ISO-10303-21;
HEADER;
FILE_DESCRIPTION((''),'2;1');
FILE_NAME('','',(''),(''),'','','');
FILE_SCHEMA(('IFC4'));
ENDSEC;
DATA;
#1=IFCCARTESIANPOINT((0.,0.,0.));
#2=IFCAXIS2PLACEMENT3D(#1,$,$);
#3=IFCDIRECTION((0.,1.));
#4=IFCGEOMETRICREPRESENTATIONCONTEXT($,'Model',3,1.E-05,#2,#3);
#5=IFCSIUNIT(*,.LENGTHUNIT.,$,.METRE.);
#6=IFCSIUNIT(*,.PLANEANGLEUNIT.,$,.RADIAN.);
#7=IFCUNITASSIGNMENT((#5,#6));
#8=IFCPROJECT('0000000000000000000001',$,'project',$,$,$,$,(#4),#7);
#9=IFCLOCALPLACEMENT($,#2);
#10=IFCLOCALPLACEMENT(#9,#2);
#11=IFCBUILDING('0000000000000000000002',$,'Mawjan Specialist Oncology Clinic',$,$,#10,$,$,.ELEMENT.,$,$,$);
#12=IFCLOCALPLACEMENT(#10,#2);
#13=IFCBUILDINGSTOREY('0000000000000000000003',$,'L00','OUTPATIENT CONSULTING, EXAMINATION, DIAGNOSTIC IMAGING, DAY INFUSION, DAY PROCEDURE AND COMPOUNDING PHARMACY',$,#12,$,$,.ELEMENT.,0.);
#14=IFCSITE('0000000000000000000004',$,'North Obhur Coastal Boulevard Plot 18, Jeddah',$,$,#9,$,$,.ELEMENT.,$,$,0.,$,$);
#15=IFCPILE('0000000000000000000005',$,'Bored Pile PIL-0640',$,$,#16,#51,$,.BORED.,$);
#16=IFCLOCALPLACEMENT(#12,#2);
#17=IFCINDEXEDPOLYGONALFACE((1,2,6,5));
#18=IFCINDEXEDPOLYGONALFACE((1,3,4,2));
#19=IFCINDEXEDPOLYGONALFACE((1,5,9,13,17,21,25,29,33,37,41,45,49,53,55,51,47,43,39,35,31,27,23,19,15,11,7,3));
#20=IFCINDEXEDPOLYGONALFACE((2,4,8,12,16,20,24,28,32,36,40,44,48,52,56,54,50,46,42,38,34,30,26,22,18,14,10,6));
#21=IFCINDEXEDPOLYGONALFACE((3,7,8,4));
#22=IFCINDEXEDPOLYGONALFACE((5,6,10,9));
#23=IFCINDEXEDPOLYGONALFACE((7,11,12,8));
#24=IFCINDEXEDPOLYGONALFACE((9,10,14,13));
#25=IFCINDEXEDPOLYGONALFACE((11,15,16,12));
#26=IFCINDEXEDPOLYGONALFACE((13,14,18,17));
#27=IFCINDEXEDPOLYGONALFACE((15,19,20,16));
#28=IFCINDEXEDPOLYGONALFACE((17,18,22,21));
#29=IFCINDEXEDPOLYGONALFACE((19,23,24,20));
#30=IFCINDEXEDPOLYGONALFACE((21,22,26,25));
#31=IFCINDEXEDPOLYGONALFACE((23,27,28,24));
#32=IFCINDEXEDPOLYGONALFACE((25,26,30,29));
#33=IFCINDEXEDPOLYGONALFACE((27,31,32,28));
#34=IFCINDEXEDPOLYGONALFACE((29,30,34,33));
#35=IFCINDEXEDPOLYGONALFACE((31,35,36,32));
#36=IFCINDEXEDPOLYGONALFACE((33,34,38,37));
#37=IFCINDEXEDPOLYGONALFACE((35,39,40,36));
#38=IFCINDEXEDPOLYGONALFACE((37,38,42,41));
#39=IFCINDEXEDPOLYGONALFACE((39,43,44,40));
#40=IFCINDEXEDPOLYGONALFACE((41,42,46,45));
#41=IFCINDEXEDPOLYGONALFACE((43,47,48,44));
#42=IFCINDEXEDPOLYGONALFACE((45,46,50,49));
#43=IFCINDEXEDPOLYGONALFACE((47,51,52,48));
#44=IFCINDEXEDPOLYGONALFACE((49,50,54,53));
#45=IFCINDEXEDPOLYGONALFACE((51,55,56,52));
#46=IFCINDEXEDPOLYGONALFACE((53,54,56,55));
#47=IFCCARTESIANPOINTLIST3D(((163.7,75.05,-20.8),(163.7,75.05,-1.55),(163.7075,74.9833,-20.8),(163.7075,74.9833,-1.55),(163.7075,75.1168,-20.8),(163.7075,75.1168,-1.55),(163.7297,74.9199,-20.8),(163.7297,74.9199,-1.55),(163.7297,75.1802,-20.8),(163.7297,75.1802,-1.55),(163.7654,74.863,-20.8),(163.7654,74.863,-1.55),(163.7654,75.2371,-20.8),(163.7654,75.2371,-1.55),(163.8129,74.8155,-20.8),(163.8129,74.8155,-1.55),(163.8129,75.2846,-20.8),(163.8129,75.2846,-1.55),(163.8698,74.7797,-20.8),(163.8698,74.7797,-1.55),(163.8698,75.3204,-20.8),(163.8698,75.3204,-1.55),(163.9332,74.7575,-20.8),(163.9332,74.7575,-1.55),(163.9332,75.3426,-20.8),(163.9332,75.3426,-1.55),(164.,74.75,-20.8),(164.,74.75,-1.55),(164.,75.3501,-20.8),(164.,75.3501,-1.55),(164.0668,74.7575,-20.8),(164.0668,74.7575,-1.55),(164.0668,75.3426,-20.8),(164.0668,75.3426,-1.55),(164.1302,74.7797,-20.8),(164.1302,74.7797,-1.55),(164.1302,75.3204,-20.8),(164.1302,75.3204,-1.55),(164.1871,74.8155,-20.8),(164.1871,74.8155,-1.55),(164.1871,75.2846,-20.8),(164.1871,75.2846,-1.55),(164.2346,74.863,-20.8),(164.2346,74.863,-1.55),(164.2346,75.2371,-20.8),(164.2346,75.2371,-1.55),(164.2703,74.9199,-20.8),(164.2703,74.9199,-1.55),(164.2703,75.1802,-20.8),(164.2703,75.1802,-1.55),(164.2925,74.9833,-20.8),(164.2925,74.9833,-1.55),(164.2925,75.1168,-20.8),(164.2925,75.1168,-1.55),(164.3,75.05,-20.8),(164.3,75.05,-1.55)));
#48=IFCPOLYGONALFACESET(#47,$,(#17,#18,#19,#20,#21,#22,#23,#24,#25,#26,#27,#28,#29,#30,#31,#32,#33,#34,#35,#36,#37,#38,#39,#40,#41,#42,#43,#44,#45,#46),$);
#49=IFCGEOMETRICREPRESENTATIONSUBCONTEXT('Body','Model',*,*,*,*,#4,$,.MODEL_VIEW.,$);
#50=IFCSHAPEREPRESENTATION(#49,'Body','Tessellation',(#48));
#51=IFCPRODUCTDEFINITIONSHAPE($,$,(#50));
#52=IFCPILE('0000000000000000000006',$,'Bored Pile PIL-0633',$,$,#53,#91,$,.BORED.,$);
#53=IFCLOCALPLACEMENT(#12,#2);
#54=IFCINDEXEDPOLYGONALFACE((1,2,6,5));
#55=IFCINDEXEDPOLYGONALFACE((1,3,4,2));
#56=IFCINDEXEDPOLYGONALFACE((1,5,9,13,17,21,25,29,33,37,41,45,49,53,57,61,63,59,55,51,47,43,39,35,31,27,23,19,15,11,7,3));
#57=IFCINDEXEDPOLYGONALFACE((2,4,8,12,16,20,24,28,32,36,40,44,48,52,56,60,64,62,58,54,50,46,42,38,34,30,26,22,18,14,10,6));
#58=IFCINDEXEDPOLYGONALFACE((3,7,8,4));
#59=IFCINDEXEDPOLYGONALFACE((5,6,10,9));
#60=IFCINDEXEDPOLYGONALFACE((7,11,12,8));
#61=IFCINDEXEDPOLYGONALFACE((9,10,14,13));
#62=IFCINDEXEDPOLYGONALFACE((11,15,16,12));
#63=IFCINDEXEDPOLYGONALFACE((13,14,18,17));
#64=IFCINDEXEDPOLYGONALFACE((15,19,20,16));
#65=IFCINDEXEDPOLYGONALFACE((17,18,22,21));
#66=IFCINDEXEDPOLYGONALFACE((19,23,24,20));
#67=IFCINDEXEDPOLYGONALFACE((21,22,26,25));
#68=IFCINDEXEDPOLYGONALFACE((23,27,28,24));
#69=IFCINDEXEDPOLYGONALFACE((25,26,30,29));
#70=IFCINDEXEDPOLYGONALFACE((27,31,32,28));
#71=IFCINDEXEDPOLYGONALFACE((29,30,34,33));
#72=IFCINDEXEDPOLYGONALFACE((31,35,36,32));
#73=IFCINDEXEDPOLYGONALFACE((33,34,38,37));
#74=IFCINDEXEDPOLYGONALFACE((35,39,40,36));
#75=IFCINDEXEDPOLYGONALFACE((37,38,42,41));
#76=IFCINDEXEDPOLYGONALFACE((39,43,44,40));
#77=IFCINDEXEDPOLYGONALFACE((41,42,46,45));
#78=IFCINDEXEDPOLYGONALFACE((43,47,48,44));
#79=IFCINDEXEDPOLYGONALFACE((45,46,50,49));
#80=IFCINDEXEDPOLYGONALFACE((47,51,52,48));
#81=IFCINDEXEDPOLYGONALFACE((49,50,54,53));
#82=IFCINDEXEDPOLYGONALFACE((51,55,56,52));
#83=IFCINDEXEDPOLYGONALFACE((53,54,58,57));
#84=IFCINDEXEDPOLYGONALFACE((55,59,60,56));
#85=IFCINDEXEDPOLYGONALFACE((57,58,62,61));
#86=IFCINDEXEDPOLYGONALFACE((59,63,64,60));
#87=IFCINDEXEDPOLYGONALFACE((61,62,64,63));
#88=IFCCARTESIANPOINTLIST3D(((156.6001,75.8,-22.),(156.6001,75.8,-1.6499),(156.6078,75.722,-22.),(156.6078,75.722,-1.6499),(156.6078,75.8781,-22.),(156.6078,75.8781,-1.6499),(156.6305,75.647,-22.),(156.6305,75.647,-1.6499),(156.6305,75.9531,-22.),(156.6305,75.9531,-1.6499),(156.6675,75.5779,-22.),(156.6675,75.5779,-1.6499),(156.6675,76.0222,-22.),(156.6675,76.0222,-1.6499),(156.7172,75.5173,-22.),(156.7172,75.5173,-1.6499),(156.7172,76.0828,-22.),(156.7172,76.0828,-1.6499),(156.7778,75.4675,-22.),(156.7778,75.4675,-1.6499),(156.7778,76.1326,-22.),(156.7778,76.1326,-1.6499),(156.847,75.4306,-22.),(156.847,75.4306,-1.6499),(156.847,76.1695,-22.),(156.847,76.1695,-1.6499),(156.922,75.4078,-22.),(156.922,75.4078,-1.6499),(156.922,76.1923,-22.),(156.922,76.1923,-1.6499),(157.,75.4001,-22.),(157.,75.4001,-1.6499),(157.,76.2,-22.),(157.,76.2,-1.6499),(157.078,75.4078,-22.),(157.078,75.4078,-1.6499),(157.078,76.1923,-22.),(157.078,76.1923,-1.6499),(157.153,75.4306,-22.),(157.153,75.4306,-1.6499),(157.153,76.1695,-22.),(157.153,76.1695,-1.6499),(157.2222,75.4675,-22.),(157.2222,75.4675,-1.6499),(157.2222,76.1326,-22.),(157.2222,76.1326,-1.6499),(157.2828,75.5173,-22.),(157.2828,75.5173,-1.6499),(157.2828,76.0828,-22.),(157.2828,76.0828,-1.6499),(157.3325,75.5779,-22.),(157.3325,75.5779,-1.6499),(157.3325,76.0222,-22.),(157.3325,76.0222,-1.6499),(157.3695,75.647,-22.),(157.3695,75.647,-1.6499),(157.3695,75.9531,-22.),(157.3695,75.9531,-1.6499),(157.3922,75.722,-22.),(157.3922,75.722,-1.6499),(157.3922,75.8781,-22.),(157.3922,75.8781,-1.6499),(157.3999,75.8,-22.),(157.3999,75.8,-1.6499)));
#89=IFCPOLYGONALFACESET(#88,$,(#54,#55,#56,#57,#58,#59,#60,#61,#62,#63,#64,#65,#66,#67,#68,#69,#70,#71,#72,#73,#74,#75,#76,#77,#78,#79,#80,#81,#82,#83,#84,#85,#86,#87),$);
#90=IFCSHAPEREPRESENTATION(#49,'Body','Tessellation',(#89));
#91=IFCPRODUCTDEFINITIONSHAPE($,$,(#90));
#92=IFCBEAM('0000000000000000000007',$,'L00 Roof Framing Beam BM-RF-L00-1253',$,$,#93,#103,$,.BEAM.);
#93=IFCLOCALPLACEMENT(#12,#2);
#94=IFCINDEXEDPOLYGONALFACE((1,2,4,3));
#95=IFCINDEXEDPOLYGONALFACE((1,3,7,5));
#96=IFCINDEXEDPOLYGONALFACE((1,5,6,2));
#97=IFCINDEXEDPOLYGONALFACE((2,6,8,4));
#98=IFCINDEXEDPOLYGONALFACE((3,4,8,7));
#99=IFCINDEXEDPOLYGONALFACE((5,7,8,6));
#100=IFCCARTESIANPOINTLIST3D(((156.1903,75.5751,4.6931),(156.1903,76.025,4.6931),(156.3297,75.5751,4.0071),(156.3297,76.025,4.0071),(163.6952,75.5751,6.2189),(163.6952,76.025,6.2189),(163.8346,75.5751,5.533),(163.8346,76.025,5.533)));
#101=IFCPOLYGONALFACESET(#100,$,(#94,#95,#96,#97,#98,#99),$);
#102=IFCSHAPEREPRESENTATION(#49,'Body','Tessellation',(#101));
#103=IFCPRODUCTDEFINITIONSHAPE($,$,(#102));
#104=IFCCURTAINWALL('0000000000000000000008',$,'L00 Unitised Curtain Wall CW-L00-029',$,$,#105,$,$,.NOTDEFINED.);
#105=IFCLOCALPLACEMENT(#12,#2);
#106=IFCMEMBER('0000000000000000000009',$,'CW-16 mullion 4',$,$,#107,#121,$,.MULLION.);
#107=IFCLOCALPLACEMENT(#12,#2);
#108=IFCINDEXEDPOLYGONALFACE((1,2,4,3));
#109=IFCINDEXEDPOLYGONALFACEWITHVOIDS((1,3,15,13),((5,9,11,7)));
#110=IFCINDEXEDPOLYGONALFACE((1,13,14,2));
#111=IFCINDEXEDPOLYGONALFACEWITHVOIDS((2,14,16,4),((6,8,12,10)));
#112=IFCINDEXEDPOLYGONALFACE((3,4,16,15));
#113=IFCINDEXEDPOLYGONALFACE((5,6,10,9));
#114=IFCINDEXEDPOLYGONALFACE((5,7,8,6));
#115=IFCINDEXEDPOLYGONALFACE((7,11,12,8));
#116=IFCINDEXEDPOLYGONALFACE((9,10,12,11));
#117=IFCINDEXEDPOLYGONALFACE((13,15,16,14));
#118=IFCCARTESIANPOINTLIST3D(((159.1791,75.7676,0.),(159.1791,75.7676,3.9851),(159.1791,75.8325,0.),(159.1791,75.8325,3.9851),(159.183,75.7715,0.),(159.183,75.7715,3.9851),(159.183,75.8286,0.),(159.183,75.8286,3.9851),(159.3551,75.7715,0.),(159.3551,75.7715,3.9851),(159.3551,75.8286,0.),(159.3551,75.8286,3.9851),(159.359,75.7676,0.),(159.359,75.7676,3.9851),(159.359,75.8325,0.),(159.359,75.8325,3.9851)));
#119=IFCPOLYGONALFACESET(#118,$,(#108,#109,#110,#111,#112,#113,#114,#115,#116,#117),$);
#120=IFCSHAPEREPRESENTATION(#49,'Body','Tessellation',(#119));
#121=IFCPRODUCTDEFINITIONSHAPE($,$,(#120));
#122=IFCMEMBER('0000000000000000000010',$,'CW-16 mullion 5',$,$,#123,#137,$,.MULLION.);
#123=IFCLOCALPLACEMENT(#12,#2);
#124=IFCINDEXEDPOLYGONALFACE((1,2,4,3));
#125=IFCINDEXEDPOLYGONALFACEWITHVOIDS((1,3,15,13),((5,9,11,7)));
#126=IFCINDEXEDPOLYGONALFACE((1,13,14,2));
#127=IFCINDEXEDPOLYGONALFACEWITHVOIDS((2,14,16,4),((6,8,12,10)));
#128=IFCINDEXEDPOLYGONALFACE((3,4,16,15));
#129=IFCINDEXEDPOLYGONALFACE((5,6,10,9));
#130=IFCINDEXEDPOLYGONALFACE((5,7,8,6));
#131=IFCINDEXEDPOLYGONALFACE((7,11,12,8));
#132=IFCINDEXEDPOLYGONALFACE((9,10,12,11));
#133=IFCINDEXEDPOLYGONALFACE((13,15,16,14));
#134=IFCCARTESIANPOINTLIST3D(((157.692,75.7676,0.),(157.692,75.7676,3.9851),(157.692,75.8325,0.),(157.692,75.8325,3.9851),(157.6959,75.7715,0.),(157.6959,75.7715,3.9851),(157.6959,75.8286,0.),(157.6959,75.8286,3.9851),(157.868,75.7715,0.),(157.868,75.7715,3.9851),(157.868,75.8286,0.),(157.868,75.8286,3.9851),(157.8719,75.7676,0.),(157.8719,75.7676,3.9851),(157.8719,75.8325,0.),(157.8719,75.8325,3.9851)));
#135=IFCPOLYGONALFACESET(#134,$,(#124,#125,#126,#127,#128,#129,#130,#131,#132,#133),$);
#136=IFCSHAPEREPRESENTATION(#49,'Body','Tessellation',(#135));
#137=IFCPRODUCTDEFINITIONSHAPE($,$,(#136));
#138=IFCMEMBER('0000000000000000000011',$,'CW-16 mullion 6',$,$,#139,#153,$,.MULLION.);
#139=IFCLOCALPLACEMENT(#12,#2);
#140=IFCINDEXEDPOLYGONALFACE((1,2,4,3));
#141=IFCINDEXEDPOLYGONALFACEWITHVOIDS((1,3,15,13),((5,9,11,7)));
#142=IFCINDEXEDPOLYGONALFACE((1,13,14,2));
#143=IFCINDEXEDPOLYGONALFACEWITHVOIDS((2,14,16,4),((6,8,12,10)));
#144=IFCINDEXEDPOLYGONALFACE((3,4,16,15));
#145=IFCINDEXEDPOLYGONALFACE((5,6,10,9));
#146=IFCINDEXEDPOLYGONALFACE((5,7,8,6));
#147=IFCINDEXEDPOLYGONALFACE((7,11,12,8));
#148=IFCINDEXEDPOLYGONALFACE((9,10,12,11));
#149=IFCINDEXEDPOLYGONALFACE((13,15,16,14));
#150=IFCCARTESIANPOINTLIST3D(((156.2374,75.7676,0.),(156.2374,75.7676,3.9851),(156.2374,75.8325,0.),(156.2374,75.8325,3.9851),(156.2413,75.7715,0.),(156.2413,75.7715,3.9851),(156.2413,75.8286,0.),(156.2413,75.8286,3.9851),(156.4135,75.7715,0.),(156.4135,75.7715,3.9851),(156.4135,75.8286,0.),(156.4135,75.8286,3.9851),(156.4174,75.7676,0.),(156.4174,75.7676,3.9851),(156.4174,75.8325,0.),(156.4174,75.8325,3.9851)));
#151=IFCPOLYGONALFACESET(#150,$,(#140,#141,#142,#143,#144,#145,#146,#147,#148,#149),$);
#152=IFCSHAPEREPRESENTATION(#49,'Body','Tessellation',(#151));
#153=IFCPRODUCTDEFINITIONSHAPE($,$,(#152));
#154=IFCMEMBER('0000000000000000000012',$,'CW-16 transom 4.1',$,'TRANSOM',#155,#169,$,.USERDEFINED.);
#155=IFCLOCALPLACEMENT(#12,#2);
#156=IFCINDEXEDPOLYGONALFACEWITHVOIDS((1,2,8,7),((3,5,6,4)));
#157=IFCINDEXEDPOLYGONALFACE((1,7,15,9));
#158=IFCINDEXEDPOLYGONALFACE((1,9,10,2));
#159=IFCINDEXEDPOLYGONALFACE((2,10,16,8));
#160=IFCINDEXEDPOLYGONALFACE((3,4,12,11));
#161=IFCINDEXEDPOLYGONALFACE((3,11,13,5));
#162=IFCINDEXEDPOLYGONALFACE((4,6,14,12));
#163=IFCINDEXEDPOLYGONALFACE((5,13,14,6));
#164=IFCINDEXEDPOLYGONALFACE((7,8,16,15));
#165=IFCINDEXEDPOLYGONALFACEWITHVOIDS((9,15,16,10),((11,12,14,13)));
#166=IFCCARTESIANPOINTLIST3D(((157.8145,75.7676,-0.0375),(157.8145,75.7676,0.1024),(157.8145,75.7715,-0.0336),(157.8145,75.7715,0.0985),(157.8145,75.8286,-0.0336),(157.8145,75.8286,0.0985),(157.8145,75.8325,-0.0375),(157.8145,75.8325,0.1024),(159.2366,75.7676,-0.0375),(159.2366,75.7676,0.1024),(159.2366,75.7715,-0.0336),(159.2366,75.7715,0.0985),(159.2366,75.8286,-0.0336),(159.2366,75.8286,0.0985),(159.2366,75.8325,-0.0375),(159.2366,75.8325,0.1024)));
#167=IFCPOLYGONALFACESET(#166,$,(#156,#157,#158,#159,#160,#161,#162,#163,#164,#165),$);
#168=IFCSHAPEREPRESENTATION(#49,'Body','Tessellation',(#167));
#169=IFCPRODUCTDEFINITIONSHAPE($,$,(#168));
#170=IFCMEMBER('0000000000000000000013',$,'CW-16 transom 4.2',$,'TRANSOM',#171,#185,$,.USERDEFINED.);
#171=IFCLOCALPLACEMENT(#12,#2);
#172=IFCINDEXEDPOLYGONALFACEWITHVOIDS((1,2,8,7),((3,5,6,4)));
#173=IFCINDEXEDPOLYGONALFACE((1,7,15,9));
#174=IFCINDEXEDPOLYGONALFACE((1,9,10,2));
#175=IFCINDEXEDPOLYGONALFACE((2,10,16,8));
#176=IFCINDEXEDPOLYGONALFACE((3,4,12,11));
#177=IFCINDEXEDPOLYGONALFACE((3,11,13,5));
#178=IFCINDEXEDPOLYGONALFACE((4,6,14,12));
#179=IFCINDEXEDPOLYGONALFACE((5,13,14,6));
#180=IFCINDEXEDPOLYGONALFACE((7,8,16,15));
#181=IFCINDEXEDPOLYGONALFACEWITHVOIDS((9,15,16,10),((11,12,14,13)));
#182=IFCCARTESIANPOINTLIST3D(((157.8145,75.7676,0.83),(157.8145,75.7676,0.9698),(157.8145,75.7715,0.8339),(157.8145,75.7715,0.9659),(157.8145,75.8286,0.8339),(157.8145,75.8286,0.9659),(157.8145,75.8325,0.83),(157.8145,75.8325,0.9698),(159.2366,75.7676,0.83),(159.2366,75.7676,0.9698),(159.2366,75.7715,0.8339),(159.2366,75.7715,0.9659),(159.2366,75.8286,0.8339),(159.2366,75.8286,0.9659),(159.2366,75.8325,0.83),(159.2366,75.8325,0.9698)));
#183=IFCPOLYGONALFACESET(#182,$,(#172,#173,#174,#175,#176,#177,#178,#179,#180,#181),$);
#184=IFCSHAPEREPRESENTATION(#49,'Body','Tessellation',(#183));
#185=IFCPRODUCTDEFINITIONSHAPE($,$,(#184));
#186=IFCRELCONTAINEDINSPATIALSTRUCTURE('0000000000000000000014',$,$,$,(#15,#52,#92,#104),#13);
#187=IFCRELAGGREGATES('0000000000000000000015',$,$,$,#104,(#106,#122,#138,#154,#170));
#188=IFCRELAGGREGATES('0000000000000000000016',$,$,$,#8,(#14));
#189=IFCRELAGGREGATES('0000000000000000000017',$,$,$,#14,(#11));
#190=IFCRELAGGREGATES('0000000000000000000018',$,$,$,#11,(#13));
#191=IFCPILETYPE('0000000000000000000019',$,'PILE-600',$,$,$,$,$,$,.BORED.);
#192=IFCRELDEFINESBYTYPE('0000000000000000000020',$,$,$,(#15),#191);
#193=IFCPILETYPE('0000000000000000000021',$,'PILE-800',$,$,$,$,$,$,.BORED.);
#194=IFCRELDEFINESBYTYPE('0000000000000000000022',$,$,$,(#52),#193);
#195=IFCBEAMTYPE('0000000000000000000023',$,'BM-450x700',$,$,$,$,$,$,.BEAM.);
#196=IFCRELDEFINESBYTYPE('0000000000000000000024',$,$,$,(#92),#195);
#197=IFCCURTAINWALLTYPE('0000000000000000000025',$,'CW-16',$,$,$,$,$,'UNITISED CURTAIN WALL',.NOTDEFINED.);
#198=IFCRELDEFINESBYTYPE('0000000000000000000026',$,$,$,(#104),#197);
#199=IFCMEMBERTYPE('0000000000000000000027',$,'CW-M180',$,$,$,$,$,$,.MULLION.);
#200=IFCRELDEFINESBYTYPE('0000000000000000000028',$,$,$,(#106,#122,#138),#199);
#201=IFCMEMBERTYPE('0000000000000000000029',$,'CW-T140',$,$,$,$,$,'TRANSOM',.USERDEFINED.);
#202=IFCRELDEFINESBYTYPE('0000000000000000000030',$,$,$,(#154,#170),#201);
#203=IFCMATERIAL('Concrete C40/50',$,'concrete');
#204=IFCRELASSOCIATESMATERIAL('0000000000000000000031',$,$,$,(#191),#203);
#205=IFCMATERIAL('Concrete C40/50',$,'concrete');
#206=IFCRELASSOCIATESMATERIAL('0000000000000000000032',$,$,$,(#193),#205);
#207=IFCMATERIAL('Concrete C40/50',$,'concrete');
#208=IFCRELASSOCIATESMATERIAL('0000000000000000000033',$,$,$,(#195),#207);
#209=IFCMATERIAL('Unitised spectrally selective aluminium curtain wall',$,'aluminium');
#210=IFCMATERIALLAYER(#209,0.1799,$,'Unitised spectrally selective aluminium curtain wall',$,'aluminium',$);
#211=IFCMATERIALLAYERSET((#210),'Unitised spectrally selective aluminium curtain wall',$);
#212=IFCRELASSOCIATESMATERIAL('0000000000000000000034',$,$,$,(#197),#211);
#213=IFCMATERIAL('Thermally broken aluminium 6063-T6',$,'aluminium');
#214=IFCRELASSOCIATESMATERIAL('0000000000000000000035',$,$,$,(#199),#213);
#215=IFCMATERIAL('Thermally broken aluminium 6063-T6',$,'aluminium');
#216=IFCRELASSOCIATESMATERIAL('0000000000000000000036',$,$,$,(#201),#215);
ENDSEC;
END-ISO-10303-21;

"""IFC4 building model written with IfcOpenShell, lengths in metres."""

from ifc_helpers import new_model, si_unit, direction, frame, origin, origin_2d, place, context, subcontext, project, spatial, rectangle, hollow_rectangle, circle, extrude, material, layer, layer_set, material_profile, profile_set, type_object, element, aggregate, save


model = new_model("IFC4")

# Units and contexts
model_context = context("Model", 3, precision=1e-05, world=origin(), true_north=direction((0.0, 1.0)))
body_context = subcontext(model_context, "Body", "Model", "MODEL_VIEW")
ifc_project = project(units=[si_unit("LENGTHUNIT", "METRE"), si_unit("PLANEANGLEUNIT", "RADIAN")], contexts=[model_context])

# Site, building, storey
site_placement = place(None, origin())
site = spatial("IfcSite", under=ifc_project, at=site_placement, Name="North Obhur Coastal Boulevard Plot 18, Jeddah", CompositionType="ELEMENT", RefElevation=0.0)
building_placement = place(site_placement, origin())
building = spatial("IfcBuilding", under=site, at=building_placement, Name="Mawjan Specialist Oncology Clinic", CompositionType="ELEMENT")
storey_placement = place(building_placement, origin())
storey = spatial("IfcBuildingStorey", under=building, at=storey_placement, Name="L00", Description="OUTPATIENT CONSULTING, EXAMINATION, DIAGNOSTIC IMAGING, DAY INFUSION, DAY PROCEDURE AND COMPOUNDING PHARMACY", CompositionType="ELEMENT", Elevation=0.0)

# Piles
ifc_material_1 = material(Name="Concrete C40/50", Category="concrete")
ifc_material_profile_1 = material_profile(ifc_material_1, circle(Radius=0.3, at=origin_2d()), Name="BORED PILE D600", Category="concrete")
ifc_profile_set_1 = profile_set([ifc_material_profile_1], Name="Concrete C40/50")
pile_type_1 = type_object("IfcPileType", Name="PILE-600", PredefinedType="BORED", material=ifc_profile_set_1)
pile_1_placement = place(storey_placement, frame((164.0, 75.05, -1.55), z_axis=(0.0, 0.0, -1.0), x_axis=(1.0, 0.0, 0.0)))
element("IfcPile", 1, at=pile_1_placement, inside=storey, type_object=pile_type_1, Name="Bored Pile PIL-0640", PredefinedType="BORED", context=body_context, shape_type="SweptSolid", body=[
    extrude(circle(Radius=0.3, at=origin_2d()), origin(), (0.0, 0.0, 1.0), 19.25),
])
ifc_material_2 = material(Name="Concrete C40/50", Category="concrete")
ifc_material_profile_2 = material_profile(ifc_material_2, circle(Radius=0.3999, at=origin_2d()), Name="BORED PILE D800", Category="concrete")
ifc_profile_set_2 = profile_set([ifc_material_profile_2], Name="Concrete C40/50")
pile_type_2 = type_object("IfcPileType", Name="PILE-800", PredefinedType="BORED", material=ifc_profile_set_2)
pile_2_placement = place(storey_placement, frame((157.0, 75.8, -1.6499), z_axis=(0.0, 0.0, -1.0), x_axis=(1.0, 0.0, 0.0)))
element("IfcPile", 2, at=pile_2_placement, inside=storey, type_object=pile_type_2, Name="Bored Pile PIL-0633", PredefinedType="BORED", context=body_context, shape_type="SweptSolid", body=[
    extrude(circle(Radius=0.3999, at=origin_2d()), origin(), (0.0, 0.0, 1.0), 20.3501),
])

# Beam
ifc_material_3 = material(Name="Concrete C40/50", Category="concrete")
ifc_material_profile_3 = material_profile(ifc_material_3, rectangle(XDim=0.45, YDim=0.7, at=origin_2d()), Name="RC BM 450x700", Category="concrete")
ifc_profile_set_3 = profile_set([ifc_material_profile_3], Name="Concrete C40/50")
beam_type = type_object("IfcBeamType", Name="BM-450x700", PredefinedType="BEAM", material=ifc_profile_set_3)
beam_placement = place(storey_placement, frame((156.26, 75.8, 4.3501), z_axis=(0.97995, 0.0, 0.199242), x_axis=(0.0, 1.0, 0.0)))
element("IfcBeam", 3, at=beam_placement, inside=storey, type_object=beam_type, Name="L00 Roof Framing Beam BM-RF-L00-1253", PredefinedType="BEAM", context=body_context, shape_type="SweptSolid", body=[
    extrude(rectangle(XDim=0.45, YDim=0.7, at=origin_2d()), origin(), (0.0, 0.0, 1.0), 7.6584),
])

# Curtain wall, members
ifc_material_4 = material(Name="Unitised spectrally selective aluminium curtain wall", Category="aluminium")
ifc_layer_1 = layer(ifc_material_4, 0.1799, Name="Unitised spectrally selective aluminium curtain wall", Category="aluminium")
ifc_layer_set_1 = layer_set([ifc_layer_1], Name="Unitised spectrally selective aluminium curtain wall")
curtain_wall_type = type_object("IfcCurtainWallType", Name="CW-16", ElementType="UNITISED CURTAIN WALL", PredefinedType="NOTDEFINED", material=ifc_layer_set_1)
curtain_wall_placement = place(storey_placement, origin())
curtain_wall = element("IfcCurtainWall", 4, at=curtain_wall_placement, inside=storey, type_object=curtain_wall_type, Name="L00 Unitised Curtain Wall CW-L00-029", PredefinedType="NOTDEFINED")
ifc_material_5 = material(Name="Thermally broken aluminium 6063-T6", Category="aluminium")
ifc_material_profile_4 = material_profile(ifc_material_5, hollow_rectangle(XDim=0.0649, YDim=0.1799, WallThickness=0.0039, at=origin_2d()), Name="ALU MULLION 180x65x4", Category="aluminium")
ifc_profile_set_4 = profile_set([ifc_material_profile_4], Name="Thermally broken aluminium 6063-T6")
member_type_1 = type_object("IfcMemberType", Name="CW-M180", PredefinedType="MULLION", material=ifc_profile_set_4)
member_1_placement = place(storey_placement, frame((159.269, 75.8, 0.0), z_axis=(0.0, 0.0, 1.0), x_axis=(0.0, -1.0, 0.0)))
member_1 = element("IfcMember", 5, at=member_1_placement, type_object=member_type_1, Name="CW-16 mullion 4", PredefinedType="MULLION", context=body_context, shape_type="SweptSolid", body=[
    extrude(hollow_rectangle(XDim=0.0649, YDim=0.1799, WallThickness=0.0039, at=origin_2d()), origin(), (0.0, 0.0, 1.0), 3.9851),
])
member_2_placement = place(storey_placement, frame((157.782, 75.8, 0.0), z_axis=(0.0, 0.0, 1.0), x_axis=(0.0, -1.0, 0.0)))
member_2 = element("IfcMember", 6, at=member_2_placement, type_object=member_type_1, Name="CW-16 mullion 5", PredefinedType="MULLION", context=body_context, shape_type="SweptSolid", body=[
    extrude(hollow_rectangle(XDim=0.0649, YDim=0.1799, WallThickness=0.0039, at=origin_2d()), origin(), (0.0, 0.0, 1.0), 3.9851),
])
member_3_placement = place(storey_placement, frame((156.3274, 75.8, 0.0), z_axis=(0.0, 0.0, 1.0), x_axis=(0.0, -1.0, 0.0)))
member_3 = element("IfcMember", 7, at=member_3_placement, type_object=member_type_1, Name="CW-16 mullion 6", PredefinedType="MULLION", context=body_context, shape_type="SweptSolid", body=[
    extrude(hollow_rectangle(XDim=0.0649, YDim=0.1799, WallThickness=0.0039, at=origin_2d()), origin(), (0.0, 0.0, 1.0), 3.9851),
])
ifc_material_6 = material(Name="Thermally broken aluminium 6063-T6", Category="aluminium")
ifc_material_profile_5 = material_profile(ifc_material_6, hollow_rectangle(XDim=0.0649, YDim=0.1399, WallThickness=0.0039, at=origin_2d()), Name="ALU TRANSOM 140x65x4", Category="aluminium")
ifc_profile_set_5 = profile_set([ifc_material_profile_5], Name="Thermally broken aluminium 6063-T6")
member_type_2 = type_object("IfcMemberType", Name="CW-T140", ElementType="TRANSOM", PredefinedType="USERDEFINED", material=ifc_profile_set_5)
member_4_placement = place(storey_placement, frame((159.2366, 75.8, 0.0325), z_axis=(-1.0, 0.0, 0.0), x_axis=(0.0, -1.0, 0.0)))
member_4 = element("IfcMember", 8, at=member_4_placement, type_object=member_type_2, Name="CW-16 transom 4.1", ObjectType="TRANSOM", PredefinedType="USERDEFINED", context=body_context, shape_type="SweptSolid", body=[
    extrude(hollow_rectangle(XDim=0.0649, YDim=0.1399, WallThickness=0.0039, at=origin_2d()), origin(), (0.0, 0.0, 1.0), 1.4221),
])
member_5_placement = place(storey_placement, frame((159.2366, 75.8, 0.8999), z_axis=(-1.0, 0.0, 0.0), x_axis=(0.0, -1.0, 0.0)))
member_5 = element("IfcMember", 9, at=member_5_placement, type_object=member_type_2, Name="CW-16 transom 4.2", ObjectType="TRANSOM", PredefinedType="USERDEFINED", context=body_context, shape_type="SweptSolid", body=[
    extrude(hollow_rectangle(XDim=0.0649, YDim=0.1399, WallThickness=0.0039, at=origin_2d()), origin(), (0.0, 0.0, 1.0), 1.4221),
])
aggregate(curtain_wall, [member_1, member_2, member_3, member_4, member_5])

save(model, "model.ifc")
